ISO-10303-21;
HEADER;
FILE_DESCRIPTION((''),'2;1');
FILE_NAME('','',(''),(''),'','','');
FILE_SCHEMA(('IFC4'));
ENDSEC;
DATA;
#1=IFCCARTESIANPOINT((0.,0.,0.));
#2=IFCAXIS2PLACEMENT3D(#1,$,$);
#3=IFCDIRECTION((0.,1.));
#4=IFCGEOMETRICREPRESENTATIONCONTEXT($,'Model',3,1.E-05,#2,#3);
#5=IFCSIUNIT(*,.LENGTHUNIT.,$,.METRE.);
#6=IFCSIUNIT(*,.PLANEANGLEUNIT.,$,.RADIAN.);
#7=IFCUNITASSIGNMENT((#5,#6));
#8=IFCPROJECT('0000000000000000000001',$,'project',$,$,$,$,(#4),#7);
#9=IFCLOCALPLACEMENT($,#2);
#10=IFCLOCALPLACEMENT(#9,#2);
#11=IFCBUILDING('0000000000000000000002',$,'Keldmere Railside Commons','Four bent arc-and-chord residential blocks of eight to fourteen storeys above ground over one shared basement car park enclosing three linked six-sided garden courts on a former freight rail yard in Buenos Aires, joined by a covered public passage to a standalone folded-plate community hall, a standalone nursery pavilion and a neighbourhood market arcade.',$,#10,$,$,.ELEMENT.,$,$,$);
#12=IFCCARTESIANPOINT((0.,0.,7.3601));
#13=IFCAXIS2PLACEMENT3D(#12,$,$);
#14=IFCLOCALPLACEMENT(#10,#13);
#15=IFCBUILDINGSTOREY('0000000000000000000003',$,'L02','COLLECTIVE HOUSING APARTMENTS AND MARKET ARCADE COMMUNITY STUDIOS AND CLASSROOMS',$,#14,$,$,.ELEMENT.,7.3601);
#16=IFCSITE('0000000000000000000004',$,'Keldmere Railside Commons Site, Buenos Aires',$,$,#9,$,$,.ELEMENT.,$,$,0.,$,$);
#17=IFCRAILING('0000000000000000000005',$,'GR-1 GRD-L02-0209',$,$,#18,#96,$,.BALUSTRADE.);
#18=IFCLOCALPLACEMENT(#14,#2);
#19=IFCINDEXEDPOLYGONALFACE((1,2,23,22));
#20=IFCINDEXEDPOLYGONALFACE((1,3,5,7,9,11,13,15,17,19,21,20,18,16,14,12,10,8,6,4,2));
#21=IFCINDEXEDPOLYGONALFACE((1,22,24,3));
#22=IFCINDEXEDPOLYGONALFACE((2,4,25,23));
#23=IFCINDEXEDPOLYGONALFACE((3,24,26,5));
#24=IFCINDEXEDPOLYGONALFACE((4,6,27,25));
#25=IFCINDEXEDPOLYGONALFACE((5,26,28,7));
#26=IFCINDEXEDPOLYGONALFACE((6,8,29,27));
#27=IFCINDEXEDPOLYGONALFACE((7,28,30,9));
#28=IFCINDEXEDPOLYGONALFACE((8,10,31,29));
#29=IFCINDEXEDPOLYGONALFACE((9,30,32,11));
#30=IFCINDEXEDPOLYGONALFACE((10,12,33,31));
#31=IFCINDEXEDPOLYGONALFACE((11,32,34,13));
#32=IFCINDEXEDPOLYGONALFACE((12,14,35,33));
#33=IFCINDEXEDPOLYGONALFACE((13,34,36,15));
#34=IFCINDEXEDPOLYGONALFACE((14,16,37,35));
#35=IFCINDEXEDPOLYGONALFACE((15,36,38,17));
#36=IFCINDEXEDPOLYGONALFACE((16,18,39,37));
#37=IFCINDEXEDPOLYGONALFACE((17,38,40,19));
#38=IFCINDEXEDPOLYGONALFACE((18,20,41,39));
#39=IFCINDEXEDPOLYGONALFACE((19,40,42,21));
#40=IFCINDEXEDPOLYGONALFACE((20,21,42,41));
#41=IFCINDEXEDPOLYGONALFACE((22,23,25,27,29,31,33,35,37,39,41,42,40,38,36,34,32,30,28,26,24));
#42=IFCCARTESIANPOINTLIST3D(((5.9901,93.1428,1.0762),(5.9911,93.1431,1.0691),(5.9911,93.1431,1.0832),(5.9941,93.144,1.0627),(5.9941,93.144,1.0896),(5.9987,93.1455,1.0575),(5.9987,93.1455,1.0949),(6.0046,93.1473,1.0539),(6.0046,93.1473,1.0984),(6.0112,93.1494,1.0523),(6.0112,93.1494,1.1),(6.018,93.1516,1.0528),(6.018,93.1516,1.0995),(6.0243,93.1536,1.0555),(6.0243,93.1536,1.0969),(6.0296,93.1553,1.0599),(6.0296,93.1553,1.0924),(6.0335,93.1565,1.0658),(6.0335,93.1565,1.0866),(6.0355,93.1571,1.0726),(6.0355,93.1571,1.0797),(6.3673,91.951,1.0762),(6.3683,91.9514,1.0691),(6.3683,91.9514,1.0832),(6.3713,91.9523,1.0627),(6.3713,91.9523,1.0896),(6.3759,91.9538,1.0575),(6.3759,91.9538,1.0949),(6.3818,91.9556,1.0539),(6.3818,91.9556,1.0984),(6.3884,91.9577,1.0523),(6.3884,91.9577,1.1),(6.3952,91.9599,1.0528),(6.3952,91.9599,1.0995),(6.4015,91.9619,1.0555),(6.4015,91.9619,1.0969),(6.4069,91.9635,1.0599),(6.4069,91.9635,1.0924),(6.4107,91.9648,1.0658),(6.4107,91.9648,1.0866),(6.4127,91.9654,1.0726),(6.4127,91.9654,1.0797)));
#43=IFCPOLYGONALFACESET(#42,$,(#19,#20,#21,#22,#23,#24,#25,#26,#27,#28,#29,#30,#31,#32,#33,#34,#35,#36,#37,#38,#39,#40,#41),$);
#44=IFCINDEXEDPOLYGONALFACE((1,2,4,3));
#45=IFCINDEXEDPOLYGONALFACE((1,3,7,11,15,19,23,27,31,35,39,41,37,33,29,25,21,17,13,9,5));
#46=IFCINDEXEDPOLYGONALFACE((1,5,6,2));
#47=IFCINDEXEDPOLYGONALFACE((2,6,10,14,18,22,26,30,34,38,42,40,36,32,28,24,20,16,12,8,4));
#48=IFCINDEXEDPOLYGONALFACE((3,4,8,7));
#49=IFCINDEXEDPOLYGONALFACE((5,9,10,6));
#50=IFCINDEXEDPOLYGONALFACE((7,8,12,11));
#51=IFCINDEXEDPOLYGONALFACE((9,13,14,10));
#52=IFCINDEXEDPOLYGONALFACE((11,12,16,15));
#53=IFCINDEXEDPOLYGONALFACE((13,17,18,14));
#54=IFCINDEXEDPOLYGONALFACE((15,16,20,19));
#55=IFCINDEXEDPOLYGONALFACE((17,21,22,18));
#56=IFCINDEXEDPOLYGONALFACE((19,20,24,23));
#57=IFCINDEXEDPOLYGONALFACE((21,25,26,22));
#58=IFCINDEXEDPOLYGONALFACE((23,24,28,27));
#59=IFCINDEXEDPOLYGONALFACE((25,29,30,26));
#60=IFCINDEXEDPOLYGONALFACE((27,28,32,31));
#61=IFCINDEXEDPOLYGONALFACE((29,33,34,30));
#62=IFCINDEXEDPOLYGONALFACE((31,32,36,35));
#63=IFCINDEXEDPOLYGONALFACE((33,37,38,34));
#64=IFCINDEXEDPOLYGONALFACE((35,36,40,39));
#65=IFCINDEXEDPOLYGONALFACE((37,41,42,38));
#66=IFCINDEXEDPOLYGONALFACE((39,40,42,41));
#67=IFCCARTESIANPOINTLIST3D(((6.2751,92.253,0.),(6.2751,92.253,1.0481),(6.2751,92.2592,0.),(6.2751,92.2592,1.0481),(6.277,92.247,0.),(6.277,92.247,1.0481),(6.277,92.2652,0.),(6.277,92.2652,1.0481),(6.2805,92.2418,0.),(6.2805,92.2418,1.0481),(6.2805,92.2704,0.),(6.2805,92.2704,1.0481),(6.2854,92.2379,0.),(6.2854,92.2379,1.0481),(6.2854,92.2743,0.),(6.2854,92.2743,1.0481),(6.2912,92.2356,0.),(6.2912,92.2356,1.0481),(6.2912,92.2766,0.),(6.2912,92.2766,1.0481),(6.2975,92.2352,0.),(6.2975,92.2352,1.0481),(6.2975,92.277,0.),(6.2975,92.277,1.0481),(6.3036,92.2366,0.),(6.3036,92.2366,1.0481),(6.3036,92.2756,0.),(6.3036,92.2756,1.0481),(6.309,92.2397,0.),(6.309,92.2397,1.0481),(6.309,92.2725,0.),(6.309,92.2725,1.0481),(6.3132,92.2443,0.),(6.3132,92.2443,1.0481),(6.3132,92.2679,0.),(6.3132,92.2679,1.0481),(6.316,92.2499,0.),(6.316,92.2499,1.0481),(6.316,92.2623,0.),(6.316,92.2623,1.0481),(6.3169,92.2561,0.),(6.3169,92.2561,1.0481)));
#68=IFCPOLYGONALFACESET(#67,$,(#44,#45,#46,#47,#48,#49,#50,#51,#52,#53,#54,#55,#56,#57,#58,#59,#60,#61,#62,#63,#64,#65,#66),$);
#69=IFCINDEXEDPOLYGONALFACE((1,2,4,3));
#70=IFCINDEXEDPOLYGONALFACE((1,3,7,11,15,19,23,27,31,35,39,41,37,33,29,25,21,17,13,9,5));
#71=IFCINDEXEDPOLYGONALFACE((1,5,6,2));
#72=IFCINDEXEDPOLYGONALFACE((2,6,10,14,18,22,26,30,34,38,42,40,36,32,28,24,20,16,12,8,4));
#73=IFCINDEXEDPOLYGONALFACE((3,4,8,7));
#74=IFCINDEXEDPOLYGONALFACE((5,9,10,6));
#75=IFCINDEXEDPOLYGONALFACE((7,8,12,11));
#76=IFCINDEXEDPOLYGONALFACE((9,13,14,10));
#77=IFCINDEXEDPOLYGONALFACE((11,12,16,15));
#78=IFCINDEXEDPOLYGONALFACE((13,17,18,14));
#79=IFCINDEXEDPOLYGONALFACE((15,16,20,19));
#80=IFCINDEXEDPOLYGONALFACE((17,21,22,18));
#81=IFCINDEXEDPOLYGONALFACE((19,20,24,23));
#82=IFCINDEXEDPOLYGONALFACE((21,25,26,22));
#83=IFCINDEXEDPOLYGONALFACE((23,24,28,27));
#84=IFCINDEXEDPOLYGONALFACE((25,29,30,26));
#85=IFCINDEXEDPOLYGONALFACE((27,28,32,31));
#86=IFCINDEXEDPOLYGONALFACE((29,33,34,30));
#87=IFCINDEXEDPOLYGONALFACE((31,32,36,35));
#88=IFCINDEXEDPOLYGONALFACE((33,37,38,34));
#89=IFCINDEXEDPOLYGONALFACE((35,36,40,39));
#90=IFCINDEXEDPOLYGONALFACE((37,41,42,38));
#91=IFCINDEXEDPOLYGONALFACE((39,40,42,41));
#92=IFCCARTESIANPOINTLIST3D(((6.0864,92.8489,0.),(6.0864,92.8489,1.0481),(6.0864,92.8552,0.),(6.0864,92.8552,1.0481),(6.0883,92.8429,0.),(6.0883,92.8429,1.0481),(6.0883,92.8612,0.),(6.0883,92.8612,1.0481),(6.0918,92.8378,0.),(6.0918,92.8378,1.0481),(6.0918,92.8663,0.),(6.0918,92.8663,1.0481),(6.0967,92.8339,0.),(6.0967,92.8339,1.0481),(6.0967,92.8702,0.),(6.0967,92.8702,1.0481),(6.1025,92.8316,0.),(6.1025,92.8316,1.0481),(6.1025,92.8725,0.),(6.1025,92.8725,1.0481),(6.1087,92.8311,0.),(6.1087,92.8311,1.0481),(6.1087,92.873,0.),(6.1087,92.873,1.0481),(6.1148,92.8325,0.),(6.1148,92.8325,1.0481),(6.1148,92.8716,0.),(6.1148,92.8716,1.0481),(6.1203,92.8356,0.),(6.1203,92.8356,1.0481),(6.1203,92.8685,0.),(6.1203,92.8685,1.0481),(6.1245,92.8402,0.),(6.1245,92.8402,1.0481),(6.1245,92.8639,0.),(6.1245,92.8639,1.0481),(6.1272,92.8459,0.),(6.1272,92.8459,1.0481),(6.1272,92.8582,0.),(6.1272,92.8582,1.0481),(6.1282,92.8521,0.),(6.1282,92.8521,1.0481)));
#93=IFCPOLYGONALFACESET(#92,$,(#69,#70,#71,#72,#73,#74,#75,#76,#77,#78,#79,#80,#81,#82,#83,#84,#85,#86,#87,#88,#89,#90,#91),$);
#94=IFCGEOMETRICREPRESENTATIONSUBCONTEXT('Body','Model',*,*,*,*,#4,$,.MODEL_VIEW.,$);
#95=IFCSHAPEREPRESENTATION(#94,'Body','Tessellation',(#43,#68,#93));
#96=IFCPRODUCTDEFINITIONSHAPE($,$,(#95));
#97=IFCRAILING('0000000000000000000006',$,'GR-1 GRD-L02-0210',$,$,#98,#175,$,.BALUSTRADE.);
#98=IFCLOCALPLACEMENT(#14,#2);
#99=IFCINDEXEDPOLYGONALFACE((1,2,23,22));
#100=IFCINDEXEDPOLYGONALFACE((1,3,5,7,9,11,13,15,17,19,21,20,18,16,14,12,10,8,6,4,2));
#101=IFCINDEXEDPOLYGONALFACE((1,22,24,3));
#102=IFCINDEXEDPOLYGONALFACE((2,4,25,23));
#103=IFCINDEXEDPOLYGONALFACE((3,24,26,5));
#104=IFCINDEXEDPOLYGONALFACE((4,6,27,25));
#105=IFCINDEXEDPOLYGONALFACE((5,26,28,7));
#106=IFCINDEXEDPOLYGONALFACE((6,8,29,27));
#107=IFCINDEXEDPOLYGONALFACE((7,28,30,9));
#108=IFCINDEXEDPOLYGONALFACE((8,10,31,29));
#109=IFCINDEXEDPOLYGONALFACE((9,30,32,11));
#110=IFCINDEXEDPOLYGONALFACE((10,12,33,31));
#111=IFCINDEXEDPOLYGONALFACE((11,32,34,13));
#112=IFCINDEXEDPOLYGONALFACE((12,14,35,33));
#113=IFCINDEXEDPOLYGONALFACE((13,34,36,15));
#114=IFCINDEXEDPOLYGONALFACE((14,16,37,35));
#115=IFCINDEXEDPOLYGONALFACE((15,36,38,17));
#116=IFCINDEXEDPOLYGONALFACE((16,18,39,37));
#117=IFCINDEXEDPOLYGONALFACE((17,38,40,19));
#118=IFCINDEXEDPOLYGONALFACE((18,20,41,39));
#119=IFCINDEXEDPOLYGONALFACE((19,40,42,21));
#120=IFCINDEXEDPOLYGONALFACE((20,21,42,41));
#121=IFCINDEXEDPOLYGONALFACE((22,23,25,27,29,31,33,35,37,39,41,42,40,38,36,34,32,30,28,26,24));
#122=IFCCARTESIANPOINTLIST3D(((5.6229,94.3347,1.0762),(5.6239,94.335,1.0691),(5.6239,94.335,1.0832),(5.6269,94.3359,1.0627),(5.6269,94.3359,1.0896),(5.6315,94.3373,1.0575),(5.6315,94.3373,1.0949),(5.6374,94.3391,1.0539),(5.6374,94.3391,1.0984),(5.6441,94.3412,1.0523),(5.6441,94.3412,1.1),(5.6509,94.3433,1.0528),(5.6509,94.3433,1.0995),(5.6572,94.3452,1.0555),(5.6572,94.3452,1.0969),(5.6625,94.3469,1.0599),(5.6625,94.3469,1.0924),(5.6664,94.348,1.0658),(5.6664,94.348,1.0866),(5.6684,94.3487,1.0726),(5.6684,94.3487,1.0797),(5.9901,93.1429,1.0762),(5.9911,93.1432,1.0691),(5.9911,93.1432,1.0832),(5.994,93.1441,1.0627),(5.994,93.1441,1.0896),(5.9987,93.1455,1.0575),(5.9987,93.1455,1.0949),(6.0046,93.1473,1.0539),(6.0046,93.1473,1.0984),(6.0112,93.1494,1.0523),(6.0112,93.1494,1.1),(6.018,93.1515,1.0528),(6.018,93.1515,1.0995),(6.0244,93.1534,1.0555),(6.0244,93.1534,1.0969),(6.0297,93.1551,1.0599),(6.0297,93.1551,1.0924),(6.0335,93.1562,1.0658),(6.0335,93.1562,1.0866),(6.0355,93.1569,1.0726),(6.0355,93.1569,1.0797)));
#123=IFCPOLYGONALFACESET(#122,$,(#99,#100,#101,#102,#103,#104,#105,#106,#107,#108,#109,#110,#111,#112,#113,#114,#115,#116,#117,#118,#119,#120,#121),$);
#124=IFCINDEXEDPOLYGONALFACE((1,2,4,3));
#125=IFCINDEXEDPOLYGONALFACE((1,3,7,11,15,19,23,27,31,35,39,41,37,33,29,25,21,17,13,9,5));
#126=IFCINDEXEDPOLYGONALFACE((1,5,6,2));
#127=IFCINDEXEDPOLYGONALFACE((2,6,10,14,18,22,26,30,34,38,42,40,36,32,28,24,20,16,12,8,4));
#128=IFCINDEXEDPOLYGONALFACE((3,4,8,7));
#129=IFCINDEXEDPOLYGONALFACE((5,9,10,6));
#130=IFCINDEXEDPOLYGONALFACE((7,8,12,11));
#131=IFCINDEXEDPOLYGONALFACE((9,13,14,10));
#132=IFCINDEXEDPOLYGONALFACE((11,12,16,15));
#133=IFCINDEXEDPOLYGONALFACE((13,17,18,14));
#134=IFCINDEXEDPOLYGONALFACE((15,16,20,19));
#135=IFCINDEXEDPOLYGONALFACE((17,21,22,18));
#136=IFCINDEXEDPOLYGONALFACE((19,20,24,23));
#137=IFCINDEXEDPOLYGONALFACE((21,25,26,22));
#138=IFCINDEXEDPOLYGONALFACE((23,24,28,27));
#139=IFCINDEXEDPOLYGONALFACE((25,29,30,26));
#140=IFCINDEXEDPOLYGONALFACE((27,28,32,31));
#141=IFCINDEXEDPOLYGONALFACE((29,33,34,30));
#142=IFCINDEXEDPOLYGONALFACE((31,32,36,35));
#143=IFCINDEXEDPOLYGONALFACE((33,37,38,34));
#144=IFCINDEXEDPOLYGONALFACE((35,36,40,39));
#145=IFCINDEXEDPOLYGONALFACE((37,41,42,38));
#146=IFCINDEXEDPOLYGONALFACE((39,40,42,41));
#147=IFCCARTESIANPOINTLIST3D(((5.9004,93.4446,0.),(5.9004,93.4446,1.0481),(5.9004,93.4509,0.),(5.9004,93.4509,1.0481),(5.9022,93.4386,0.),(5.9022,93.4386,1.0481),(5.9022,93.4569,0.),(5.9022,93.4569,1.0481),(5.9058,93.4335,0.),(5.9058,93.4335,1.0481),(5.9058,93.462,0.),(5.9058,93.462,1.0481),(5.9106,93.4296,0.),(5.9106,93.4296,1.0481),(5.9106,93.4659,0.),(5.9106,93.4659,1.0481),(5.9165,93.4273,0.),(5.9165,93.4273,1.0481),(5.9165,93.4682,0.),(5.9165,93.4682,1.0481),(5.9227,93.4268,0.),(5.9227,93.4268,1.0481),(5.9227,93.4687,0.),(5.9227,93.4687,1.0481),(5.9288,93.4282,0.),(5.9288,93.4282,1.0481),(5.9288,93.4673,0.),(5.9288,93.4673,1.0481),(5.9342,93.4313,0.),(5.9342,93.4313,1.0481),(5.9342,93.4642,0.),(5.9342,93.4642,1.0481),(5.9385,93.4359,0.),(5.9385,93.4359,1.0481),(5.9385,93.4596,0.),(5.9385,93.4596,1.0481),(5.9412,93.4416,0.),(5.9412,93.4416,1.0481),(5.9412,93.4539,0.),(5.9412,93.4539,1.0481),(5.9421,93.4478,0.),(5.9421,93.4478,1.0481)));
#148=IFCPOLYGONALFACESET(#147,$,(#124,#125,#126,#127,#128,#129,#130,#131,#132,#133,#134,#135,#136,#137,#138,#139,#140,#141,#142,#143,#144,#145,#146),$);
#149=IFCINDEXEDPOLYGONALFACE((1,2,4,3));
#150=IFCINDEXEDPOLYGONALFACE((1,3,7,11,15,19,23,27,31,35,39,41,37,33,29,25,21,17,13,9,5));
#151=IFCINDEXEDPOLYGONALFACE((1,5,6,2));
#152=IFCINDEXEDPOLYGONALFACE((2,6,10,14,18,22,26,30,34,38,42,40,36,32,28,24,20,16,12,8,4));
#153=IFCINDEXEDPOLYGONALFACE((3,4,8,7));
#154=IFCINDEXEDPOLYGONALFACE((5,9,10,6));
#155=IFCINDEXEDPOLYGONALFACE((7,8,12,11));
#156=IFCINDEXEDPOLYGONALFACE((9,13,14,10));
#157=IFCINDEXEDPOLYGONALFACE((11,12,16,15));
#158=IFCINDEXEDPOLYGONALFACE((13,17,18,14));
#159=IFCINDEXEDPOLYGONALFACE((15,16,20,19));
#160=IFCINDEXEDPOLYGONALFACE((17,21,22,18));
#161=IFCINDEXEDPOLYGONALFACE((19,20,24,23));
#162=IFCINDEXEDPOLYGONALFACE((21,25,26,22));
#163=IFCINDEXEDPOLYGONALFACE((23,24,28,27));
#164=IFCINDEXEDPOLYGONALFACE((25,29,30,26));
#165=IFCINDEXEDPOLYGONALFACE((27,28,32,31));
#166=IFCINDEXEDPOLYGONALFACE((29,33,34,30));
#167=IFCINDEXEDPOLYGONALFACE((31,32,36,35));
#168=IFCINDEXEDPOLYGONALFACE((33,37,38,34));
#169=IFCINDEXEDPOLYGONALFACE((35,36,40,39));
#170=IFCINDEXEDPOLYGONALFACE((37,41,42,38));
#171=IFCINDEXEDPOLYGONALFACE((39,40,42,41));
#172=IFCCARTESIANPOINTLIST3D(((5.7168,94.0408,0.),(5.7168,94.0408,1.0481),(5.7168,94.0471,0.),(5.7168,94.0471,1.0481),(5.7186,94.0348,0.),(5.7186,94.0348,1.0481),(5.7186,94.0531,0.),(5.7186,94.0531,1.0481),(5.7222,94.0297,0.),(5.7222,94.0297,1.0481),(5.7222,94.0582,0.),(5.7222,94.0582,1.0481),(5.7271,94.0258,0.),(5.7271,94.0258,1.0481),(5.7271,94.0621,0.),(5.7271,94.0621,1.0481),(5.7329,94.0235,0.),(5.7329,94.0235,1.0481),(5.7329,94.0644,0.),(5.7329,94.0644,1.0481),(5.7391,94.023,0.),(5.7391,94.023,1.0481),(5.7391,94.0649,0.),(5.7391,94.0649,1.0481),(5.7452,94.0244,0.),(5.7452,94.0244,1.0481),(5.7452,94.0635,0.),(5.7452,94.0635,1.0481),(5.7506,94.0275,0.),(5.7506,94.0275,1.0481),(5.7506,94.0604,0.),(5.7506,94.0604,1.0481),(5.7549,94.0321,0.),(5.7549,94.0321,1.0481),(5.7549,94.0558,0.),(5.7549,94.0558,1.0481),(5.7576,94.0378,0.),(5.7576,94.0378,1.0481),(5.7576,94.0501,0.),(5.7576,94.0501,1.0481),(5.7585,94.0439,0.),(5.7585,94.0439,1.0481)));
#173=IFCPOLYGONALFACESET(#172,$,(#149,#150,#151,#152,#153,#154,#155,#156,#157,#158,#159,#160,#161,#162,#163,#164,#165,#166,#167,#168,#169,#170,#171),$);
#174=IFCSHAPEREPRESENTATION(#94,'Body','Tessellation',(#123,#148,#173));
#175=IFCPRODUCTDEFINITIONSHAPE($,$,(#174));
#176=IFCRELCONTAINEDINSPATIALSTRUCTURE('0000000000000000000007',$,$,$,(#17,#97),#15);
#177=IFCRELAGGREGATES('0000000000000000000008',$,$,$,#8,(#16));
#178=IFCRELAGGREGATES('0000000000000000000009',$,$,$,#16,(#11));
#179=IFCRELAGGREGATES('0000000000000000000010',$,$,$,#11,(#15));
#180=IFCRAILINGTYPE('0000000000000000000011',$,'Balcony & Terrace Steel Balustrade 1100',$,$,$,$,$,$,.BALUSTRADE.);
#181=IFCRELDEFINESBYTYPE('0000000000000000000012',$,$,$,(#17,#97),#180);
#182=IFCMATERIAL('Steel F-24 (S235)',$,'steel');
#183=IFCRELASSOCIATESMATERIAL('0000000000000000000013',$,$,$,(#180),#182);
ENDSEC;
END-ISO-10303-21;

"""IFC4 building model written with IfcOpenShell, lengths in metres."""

from ifc_helpers import new_model, si_unit, direction, frame, origin, origin_2d, place, context, subcontext, project, spatial, circle, extrude, material, type_object, element, save


model = new_model("IFC4")

# Units and contexts
model_context = context("Model", 3, precision=1e-05, world=origin(), true_north=direction((0.0, 1.0)))
body_context = subcontext(model_context, "Body", "Model", "MODEL_VIEW")
ifc_project = project(units=[si_unit("LENGTHUNIT", "METRE"), si_unit("PLANEANGLEUNIT", "RADIAN")], contexts=[model_context])

# Site, building, storey
site_placement = place(None, origin())
site = spatial("IfcSite", under=ifc_project, at=site_placement, Name="Keldmere Railside Commons Site, Buenos Aires", CompositionType="ELEMENT", RefElevation=0.0)
building_placement = place(site_placement, origin())
building = spatial("IfcBuilding", under=site, at=building_placement, Name="Keldmere Railside Commons", Description="Four bent arc-and-chord residential blocks of eight to fourteen storeys above ground over one shared basement car park enclosing three linked six-sided garden courts on a former freight rail yard in Buenos Aires, joined by a covered public passage to a standalone folded-plate community hall, a standalone nursery pavilion and a neighbourhood market arcade.", CompositionType="ELEMENT")
storey_placement = place(building_placement, frame((0.0, 0.0, 7.3601)))
storey = spatial("IfcBuildingStorey", under=building, at=storey_placement, Name="L02", Description="COLLECTIVE HOUSING APARTMENTS AND MARKET ARCADE COMMUNITY STUDIOS AND CLASSROOMS", CompositionType="ELEMENT", Elevation=7.3601)

# Railings
ifc_material_1 = material(Name="Steel F-24 (S235)", Category="steel")
railing_type = type_object("IfcRailingType", Name="Balcony & Terrace Steel Balustrade 1100", PredefinedType="BALUSTRADE", material=ifc_material_1)
railing_1_placement = place(storey_placement, frame((6.3901, 91.9583, 0.0)))
element("IfcRailing", 1, at=railing_1_placement, inside=storey, type_object=railing_type, Name="GR-1 GRD-L02-0209", PredefinedType="BALUSTRADE", context=body_context, shape_type="SweptSolid", body=[
    extrude(circle(Radius=0.0239, at=origin_2d()), frame((0.0, 0.0, 1.0762), z_axis=(-0.301776, 0.953379, 0.0), x_axis=(-0.953379, -0.301776, 0.0)), (0.0, 0.0, 1.0), 1.25),
    extrude(circle(Radius=0.021, at=origin_2d()), frame((-0.0942, 0.2979, 0.0)), (0.0, 0.0, 1.0), 1.0481),
    extrude(circle(Radius=0.021, at=origin_2d()), frame((-0.283, 0.8938, 0.0)), (0.0, 0.0, 1.0), 1.0481),
])
railing_2_placement = place(storey_placement, frame((6.0129, 93.1499, 0.0)))
element("IfcRailing", 2, at=railing_2_placement, inside=storey, type_object=railing_type, Name="GR-1 GRD-L02-0210", PredefinedType="BALUSTRADE", context=body_context, shape_type="SweptSolid", body=[
    extrude(circle(Radius=0.0239, at=origin_2d()), frame((0.0, 0.0, 1.0762), z_axis=(-0.294416, 0.955677, 0.0), x_axis=(-0.955677, -0.294416, 0.0)), (0.0, 0.0, 1.0), 1.2471),
    extrude(circle(Radius=0.021, at=origin_2d()), frame((-0.0918, 0.2979, 0.0)), (0.0, 0.0, 1.0), 1.0481),
    extrude(circle(Radius=0.021, at=origin_2d()), frame((-0.2754, 0.894, 0.0)), (0.0, 0.0, 1.0), 1.0481),
])

save(model, "model.ifc")
